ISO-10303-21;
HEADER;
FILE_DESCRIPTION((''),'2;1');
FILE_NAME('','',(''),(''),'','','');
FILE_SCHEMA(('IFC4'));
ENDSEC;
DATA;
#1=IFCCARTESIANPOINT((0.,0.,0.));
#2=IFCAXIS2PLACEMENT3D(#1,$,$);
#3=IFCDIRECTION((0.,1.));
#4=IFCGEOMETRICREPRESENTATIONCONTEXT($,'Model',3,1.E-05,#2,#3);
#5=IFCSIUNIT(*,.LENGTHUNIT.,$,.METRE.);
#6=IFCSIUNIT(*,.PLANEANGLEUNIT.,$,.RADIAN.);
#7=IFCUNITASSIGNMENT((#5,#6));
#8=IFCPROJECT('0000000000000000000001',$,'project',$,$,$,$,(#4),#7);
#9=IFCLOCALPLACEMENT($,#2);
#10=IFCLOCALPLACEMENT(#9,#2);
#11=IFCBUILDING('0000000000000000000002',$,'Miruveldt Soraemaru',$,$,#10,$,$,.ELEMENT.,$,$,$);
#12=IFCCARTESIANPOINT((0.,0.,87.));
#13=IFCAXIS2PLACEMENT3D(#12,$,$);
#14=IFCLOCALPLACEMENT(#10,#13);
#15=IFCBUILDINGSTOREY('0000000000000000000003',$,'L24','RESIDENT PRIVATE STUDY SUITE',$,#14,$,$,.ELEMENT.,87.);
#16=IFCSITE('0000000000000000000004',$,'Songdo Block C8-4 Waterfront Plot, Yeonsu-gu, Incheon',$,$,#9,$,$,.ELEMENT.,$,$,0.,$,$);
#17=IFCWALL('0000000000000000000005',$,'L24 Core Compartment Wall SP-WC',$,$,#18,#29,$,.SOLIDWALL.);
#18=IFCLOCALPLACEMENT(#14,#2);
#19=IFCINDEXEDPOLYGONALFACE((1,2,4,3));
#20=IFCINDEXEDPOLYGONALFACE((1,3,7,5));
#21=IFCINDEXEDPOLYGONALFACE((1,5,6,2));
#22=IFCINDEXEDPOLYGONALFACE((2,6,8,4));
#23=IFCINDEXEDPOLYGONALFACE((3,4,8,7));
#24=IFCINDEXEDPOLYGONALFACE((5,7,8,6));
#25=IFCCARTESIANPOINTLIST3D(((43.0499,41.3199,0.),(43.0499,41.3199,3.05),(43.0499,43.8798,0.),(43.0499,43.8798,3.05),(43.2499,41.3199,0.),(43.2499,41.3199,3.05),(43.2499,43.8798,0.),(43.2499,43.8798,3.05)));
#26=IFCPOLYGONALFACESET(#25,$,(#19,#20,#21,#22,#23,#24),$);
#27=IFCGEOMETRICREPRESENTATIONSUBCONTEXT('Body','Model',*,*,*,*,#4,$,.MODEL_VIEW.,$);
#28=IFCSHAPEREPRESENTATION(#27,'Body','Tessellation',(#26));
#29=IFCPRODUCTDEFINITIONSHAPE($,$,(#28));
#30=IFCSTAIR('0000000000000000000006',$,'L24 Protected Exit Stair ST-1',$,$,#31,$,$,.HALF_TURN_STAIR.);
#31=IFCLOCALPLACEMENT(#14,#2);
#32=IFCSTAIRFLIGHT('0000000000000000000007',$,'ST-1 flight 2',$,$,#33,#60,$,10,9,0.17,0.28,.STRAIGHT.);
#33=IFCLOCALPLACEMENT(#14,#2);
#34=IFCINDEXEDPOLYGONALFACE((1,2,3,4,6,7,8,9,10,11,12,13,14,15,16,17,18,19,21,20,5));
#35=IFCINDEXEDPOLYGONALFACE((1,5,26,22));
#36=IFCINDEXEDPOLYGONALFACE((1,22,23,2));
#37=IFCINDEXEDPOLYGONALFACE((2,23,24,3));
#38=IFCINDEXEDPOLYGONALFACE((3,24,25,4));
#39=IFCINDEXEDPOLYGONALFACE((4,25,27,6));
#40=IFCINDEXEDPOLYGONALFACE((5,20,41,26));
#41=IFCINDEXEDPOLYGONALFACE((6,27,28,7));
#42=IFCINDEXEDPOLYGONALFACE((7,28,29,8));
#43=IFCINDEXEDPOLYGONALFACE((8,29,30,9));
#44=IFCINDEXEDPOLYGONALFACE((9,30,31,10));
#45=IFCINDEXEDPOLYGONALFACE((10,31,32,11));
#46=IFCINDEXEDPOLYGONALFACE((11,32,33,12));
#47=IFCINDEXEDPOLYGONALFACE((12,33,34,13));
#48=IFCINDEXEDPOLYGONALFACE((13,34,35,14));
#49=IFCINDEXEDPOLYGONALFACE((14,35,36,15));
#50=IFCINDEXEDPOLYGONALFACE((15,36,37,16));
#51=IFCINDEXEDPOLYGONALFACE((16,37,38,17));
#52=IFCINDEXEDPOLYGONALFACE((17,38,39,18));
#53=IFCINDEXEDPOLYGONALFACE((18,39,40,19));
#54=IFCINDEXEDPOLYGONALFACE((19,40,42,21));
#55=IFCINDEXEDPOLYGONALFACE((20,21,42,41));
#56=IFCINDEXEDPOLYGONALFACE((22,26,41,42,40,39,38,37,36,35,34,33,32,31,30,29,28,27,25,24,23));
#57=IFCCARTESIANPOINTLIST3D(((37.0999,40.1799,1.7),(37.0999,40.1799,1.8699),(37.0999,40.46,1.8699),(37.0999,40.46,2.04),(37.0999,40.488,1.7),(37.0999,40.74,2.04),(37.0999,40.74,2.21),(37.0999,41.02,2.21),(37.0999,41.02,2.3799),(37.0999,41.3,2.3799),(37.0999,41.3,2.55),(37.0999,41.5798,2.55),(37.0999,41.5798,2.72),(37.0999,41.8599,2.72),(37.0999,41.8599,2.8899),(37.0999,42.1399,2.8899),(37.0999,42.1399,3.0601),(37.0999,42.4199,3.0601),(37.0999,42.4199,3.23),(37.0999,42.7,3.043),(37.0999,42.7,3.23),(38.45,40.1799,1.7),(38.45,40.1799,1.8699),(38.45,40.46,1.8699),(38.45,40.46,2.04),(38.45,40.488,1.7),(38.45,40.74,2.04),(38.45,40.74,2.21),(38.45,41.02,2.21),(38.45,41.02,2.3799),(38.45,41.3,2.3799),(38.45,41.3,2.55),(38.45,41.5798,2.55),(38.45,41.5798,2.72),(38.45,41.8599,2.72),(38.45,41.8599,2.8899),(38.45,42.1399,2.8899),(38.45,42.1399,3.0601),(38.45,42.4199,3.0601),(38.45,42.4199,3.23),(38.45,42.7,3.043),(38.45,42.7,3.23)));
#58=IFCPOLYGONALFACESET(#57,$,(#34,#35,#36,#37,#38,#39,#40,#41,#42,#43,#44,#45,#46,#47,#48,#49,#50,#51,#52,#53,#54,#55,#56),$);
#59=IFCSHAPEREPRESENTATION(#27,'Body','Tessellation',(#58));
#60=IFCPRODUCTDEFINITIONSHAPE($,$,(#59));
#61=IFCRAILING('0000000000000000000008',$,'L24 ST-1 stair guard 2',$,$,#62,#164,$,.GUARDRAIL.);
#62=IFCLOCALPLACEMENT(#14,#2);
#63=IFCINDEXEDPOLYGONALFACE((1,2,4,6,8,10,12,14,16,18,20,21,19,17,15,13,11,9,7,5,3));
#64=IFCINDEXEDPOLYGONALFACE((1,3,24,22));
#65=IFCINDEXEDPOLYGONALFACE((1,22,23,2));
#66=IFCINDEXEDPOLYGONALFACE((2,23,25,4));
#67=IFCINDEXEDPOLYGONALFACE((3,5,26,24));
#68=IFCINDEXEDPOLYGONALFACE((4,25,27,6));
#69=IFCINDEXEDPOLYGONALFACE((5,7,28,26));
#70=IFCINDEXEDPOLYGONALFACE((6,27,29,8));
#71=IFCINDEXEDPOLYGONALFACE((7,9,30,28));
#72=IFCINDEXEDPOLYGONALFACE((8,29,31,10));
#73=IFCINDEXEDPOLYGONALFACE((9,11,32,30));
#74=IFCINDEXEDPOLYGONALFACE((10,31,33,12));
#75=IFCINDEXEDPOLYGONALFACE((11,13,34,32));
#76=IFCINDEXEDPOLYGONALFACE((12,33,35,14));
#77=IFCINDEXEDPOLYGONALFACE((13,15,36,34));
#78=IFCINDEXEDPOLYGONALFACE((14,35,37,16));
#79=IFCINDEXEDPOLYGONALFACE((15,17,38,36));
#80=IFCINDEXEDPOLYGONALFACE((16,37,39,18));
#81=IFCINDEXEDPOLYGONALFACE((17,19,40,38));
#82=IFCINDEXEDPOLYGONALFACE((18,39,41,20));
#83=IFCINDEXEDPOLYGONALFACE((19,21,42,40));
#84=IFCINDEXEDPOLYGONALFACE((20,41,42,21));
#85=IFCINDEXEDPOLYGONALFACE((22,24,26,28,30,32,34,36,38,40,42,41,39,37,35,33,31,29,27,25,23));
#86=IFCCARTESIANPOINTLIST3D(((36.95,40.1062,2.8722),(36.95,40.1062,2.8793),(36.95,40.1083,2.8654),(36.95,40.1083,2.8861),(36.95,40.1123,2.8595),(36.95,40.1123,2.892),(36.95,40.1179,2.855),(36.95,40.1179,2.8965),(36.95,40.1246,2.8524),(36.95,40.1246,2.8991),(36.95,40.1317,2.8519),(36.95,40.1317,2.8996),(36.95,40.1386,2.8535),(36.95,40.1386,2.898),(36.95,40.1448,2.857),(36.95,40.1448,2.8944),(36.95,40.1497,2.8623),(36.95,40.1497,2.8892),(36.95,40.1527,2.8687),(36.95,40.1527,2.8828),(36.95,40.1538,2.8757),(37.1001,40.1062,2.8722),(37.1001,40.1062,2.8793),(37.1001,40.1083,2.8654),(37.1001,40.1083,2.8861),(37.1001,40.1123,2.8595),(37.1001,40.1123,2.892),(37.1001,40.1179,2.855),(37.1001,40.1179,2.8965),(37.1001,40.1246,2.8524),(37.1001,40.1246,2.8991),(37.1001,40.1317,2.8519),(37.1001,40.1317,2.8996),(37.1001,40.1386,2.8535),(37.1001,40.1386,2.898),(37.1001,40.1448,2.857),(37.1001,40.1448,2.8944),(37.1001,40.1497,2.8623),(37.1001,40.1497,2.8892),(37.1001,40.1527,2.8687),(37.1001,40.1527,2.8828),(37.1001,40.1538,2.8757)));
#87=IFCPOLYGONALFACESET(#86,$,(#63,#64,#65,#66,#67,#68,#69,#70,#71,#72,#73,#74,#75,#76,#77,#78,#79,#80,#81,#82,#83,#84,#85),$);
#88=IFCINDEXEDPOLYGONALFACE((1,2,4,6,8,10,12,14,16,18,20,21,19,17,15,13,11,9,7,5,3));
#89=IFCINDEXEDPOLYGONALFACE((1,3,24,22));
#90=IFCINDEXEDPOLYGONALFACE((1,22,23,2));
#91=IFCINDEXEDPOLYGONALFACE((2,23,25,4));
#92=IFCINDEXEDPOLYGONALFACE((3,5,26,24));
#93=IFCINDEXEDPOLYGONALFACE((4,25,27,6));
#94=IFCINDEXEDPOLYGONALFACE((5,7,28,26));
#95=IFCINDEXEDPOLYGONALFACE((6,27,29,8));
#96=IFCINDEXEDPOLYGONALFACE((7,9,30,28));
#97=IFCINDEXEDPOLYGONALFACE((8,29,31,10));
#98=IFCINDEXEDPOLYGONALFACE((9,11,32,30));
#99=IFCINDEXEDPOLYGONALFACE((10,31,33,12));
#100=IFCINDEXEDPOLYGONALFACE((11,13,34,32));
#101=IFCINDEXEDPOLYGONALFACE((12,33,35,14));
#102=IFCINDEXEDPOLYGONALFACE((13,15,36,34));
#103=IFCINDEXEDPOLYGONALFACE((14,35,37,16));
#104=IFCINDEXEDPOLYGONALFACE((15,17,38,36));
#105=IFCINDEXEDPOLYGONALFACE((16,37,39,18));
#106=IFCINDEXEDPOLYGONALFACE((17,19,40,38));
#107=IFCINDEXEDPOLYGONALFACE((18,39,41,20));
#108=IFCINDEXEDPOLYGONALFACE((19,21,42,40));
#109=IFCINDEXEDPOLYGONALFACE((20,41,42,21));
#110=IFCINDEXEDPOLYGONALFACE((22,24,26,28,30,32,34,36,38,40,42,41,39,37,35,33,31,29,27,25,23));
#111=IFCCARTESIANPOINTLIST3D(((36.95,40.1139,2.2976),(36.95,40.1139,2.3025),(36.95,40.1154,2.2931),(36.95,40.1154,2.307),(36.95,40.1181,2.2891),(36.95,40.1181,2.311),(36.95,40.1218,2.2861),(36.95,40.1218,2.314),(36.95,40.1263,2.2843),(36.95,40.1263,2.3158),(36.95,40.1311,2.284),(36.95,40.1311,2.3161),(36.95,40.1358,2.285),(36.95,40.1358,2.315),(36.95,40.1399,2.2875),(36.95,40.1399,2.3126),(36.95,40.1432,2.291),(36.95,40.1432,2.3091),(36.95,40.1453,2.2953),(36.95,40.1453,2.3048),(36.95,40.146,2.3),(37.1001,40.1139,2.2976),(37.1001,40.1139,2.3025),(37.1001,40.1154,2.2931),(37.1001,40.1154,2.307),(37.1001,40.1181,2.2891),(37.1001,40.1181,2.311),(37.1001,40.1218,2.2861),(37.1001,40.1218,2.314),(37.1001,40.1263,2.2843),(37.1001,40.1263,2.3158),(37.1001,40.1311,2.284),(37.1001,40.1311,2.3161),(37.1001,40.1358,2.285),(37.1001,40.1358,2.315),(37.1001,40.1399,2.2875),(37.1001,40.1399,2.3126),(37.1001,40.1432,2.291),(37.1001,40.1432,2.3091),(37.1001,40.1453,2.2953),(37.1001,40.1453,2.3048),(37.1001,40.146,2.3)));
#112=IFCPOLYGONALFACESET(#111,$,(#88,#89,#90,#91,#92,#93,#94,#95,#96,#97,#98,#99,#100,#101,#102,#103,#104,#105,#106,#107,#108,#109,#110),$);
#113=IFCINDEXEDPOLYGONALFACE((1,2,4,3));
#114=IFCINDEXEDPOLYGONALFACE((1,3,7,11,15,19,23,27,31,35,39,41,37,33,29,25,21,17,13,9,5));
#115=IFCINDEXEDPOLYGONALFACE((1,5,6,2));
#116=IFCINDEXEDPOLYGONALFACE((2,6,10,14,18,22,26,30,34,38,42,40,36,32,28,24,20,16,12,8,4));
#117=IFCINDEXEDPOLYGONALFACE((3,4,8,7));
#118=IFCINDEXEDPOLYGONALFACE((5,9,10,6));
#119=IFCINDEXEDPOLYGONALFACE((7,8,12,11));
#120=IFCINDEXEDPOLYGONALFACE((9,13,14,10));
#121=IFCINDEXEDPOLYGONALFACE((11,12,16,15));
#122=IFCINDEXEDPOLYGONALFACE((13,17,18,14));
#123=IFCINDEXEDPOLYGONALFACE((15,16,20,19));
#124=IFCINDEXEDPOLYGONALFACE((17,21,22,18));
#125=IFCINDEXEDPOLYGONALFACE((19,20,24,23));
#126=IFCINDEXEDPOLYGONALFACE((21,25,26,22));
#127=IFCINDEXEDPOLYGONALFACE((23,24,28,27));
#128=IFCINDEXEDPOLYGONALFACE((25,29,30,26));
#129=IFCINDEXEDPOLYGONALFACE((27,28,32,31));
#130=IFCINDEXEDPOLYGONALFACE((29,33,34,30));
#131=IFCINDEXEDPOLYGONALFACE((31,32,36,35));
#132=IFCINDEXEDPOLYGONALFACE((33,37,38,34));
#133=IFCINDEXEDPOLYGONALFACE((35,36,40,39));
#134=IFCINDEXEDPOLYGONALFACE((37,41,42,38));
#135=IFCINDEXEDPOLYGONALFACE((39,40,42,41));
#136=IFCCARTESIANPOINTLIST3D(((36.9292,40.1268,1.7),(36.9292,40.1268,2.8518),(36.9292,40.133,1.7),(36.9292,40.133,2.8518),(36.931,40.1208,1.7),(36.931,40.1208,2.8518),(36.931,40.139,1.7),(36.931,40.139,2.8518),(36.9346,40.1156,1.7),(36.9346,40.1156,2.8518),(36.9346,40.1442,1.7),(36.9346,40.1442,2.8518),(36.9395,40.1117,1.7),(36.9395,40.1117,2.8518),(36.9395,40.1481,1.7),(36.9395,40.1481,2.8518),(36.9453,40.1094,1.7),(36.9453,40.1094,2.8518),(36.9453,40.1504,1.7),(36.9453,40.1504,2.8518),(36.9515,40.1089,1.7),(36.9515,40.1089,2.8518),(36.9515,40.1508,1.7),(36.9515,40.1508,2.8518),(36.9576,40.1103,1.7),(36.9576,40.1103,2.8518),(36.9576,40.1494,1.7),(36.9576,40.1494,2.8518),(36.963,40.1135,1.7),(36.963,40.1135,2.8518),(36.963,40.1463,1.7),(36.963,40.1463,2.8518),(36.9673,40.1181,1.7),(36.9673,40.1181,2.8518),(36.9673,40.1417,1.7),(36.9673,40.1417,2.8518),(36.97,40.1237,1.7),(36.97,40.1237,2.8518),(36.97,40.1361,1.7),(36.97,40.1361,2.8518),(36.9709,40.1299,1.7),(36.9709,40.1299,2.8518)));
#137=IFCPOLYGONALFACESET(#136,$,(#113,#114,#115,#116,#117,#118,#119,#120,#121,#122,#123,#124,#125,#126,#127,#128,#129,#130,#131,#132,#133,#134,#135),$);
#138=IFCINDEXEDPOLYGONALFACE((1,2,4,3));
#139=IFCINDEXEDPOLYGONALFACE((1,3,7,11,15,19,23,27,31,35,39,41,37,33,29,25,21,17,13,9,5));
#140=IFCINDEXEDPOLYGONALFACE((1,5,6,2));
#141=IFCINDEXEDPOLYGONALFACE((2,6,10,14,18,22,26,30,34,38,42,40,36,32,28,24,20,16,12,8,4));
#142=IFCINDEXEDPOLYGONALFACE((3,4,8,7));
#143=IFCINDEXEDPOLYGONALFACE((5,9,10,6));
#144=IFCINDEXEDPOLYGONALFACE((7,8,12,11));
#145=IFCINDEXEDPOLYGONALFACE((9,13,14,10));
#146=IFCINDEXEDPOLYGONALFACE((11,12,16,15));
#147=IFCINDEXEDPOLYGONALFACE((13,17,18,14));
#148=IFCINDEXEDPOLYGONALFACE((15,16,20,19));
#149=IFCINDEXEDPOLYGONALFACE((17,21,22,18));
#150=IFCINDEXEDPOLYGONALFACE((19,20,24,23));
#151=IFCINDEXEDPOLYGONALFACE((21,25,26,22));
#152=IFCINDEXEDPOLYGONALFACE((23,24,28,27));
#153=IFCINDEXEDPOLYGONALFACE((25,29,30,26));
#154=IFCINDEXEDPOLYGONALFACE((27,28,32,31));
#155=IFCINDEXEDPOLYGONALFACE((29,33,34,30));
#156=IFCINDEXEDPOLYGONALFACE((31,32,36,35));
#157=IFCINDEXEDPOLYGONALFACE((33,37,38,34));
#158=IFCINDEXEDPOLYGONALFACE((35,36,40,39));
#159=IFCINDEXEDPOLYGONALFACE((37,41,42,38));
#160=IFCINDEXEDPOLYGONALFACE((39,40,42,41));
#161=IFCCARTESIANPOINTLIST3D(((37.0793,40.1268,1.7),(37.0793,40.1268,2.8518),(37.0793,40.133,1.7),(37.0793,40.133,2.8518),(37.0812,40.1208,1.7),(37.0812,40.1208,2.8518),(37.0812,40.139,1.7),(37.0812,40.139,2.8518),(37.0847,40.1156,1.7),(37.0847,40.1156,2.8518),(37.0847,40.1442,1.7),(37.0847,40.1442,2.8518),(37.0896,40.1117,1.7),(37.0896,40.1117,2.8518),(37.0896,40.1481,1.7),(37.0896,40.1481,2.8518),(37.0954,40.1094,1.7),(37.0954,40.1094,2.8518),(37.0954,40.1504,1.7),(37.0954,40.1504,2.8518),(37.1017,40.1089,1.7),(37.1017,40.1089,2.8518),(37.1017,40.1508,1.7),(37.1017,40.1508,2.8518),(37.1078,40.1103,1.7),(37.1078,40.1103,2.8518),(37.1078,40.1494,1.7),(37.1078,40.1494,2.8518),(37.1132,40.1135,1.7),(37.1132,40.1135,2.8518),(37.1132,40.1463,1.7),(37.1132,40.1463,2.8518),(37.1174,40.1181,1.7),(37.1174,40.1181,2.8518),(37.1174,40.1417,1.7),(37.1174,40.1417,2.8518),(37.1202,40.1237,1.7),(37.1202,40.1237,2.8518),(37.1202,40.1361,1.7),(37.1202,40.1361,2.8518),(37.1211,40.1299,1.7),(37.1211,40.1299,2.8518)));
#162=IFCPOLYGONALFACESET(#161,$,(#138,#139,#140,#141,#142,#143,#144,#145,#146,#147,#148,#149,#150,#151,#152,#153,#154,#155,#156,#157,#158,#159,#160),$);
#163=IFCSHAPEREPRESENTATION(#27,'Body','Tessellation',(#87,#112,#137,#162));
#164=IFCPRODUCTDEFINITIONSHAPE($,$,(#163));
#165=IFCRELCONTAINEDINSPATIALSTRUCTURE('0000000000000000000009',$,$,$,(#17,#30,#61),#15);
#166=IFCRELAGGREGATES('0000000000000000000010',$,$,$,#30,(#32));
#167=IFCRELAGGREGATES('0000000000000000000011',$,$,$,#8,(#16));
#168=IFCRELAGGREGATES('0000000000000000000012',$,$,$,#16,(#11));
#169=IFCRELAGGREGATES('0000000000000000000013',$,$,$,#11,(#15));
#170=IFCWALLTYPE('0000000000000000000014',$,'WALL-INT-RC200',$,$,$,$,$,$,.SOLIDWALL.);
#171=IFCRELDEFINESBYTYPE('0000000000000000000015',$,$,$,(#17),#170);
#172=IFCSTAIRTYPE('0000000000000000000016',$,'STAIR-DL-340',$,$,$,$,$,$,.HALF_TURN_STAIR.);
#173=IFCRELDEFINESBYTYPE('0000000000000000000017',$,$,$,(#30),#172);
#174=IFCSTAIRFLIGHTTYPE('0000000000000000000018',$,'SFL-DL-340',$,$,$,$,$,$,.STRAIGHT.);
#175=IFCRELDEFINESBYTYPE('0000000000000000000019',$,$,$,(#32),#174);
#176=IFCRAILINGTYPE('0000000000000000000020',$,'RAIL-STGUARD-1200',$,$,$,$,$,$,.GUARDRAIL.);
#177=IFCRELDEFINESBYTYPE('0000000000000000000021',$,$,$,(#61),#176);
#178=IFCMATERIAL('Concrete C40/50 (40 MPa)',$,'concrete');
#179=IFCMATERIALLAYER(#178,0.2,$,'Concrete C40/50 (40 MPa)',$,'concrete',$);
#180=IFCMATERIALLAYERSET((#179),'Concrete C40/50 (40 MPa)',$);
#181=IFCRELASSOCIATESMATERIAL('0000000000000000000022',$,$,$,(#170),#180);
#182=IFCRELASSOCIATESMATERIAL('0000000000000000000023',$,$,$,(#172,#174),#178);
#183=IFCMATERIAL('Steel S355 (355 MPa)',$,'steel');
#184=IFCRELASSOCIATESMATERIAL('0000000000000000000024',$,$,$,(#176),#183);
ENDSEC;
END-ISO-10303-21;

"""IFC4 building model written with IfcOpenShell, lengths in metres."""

from ifc_helpers import new_model, si_unit, direction, frame, frame_2d, origin, origin_2d, place, context, subcontext, project, spatial, polyline, rectangle, circle, outline, extrude, material, layer, layer_set, type_object, element, aggregate, save


model = new_model("IFC4")

# Units and contexts
model_context = context("Model", 3, precision=1e-05, world=origin(), true_north=direction((0.0, 1.0)))
body_context = subcontext(model_context, "Body", "Model", "MODEL_VIEW")
ifc_project = project(units=[si_unit("LENGTHUNIT", "METRE"), si_unit("PLANEANGLEUNIT", "RADIAN")], contexts=[model_context])

# Site, building, storey
site_placement = place(None, origin())
site = spatial("IfcSite", under=ifc_project, at=site_placement, Name="Songdo Block C8-4 Waterfront Plot, Yeonsu-gu, Incheon", CompositionType="ELEMENT", RefElevation=0.0)
building_placement = place(site_placement, origin())
building = spatial("IfcBuilding", under=site, at=building_placement, Name="Miruveldt Soraemaru", CompositionType="ELEMENT")
storey_placement = place(building_placement, frame((0.0, 0.0, 87.0)))
storey = spatial("IfcBuildingStorey", under=building, at=storey_placement, Name="L24", Description="RESIDENT PRIVATE STUDY SUITE", CompositionType="ELEMENT", Elevation=87.0)

# Shared definitions
ifc_material_1 = material(Name="Concrete C40/50 (40 MPa)", Category="concrete")

# Shared definitions
ifc_layer_1 = layer(ifc_material_1, 0.2, Name="Concrete C40/50 (40 MPa)", Category="concrete")
ifc_layer_set_1 = layer_set([ifc_layer_1], Name="Concrete C40/50 (40 MPa)")
wall_type_1 = type_object("IfcWallType", Name="WALL-INT-RC200", PredefinedType="SOLIDWALL", material=ifc_layer_set_1)

# Wall
wall_1_placement = place(storey_placement, frame((43.1499, 41.3201, 0.0), z_axis=(0.0, 0.0, 1.0), x_axis=(0.0, 1.0, 0.0)))
element("IfcWall", 1, at=wall_1_placement, inside=storey, type_object=wall_type_1, Name="L24 Core Compartment Wall SP-WC", PredefinedType="SOLIDWALL", context=body_context, shape_type="SweptSolid", body=[
    extrude(rectangle(XDim=2.5598, YDim=0.2, at=frame_2d((1.2798, 0.0))), origin(), (0.0, 0.0, 1.0), 3.05),
])

# Stair, stair flight
stair_type = type_object("IfcStairType", Name="STAIR-DL-340", PredefinedType="HALF_TURN_STAIR", material=ifc_material_1)
stair_placement = place(storey_placement, origin())
stair = element("IfcStair", 2, at=stair_placement, inside=storey, type_object=stair_type, Name="L24 Protected Exit Stair ST-1", PredefinedType="HALF_TURN_STAIR")
stair_flight_type = type_object("IfcStairFlightType", Name="SFL-DL-340", PredefinedType="STRAIGHT", material=ifc_material_1)
stair_flight_placement = place(storey_placement, frame((37.7749, 40.1799, 1.7), z_axis=(0.0, 0.0, 1.0), x_axis=(0.0, 1.0, 0.0)))
stair_flight = element("IfcStairFlight", 3, at=stair_flight_placement, type_object=stair_flight_type, Name="ST-1 flight 2", NumberOfRisers=10, NumberOfTreads=9, PredefinedType="STRAIGHT", RiserHeight=0.17, TreadLength=0.28, context=body_context, shape_type="SweptSolid", body=[
    extrude(outline(polyline([(0.0, 0.0), (0.0, 0.1699), (0.28, 0.1699), (0.28, 0.3401), (0.5601, 0.3401), (0.5601, 0.51), (0.8401, 0.51), (0.8401, 0.6799), (1.1201, 0.6799), (1.1201, 0.8501), (1.3999, 0.8501), (1.3999, 1.02), (1.6799, 1.02), (1.6799, 1.1899), (1.96, 1.1899), (1.96, 1.3601), (2.24, 1.3601), (2.24, 1.53), (2.52, 1.53), (2.52, 1.7), (2.52, 1.343), (0.3081, 0.0), (0.0, 0.0)])), frame((0.0, 0.675, 0.0), z_axis=(0.0, -1.0, 0.0), x_axis=(1.0, 0.0, 0.0)), (0.0, 0.0, 1.0), 1.3501),
])
aggregate(stair, [stair_flight])

# Railing
ifc_material_2 = material(Name="Steel S355 (355 MPa)", Category="steel")
railing_type_1 = type_object("IfcRailingType", Name="RAIL-STGUARD-1200", PredefinedType="GUARDRAIL", material=ifc_material_2)
railing_1_placement = place(storey_placement, frame((36.95, 40.1299, 1.7)))
element("IfcRailing", 4, at=railing_1_placement, inside=storey, type_object=railing_type_1, Name="L24 ST-1 stair guard 2", PredefinedType="GUARDRAIL", context=body_context, shape_type="SweptSolid", body=[
    extrude(circle(Radius=0.0239, at=origin_2d()), frame((0.0, 0.0, 1.1758), z_axis=(1.0, 0.0, 0.0), x_axis=(0.0, 1.0, 0.0)), (0.0, 0.0, 1.0), 0.1501),
    extrude(circle(Radius=0.0161, at=origin_2d()), frame((0.0, 0.0, 0.6001), z_axis=(1.0, 0.0, 0.0), x_axis=(0.0, 1.0, 0.0)), (0.0, 0.0, 1.0), 0.1501),
    extrude(circle(Radius=0.021, at=origin_2d()), origin(), (0.0, 0.0, 1.0), 1.1519),
    extrude(circle(Radius=0.021, at=origin_2d()), frame((0.1501, 0.0, 0.0)), (0.0, 0.0, 1.0), 1.1519),
])

save(model, "model.ifc")
